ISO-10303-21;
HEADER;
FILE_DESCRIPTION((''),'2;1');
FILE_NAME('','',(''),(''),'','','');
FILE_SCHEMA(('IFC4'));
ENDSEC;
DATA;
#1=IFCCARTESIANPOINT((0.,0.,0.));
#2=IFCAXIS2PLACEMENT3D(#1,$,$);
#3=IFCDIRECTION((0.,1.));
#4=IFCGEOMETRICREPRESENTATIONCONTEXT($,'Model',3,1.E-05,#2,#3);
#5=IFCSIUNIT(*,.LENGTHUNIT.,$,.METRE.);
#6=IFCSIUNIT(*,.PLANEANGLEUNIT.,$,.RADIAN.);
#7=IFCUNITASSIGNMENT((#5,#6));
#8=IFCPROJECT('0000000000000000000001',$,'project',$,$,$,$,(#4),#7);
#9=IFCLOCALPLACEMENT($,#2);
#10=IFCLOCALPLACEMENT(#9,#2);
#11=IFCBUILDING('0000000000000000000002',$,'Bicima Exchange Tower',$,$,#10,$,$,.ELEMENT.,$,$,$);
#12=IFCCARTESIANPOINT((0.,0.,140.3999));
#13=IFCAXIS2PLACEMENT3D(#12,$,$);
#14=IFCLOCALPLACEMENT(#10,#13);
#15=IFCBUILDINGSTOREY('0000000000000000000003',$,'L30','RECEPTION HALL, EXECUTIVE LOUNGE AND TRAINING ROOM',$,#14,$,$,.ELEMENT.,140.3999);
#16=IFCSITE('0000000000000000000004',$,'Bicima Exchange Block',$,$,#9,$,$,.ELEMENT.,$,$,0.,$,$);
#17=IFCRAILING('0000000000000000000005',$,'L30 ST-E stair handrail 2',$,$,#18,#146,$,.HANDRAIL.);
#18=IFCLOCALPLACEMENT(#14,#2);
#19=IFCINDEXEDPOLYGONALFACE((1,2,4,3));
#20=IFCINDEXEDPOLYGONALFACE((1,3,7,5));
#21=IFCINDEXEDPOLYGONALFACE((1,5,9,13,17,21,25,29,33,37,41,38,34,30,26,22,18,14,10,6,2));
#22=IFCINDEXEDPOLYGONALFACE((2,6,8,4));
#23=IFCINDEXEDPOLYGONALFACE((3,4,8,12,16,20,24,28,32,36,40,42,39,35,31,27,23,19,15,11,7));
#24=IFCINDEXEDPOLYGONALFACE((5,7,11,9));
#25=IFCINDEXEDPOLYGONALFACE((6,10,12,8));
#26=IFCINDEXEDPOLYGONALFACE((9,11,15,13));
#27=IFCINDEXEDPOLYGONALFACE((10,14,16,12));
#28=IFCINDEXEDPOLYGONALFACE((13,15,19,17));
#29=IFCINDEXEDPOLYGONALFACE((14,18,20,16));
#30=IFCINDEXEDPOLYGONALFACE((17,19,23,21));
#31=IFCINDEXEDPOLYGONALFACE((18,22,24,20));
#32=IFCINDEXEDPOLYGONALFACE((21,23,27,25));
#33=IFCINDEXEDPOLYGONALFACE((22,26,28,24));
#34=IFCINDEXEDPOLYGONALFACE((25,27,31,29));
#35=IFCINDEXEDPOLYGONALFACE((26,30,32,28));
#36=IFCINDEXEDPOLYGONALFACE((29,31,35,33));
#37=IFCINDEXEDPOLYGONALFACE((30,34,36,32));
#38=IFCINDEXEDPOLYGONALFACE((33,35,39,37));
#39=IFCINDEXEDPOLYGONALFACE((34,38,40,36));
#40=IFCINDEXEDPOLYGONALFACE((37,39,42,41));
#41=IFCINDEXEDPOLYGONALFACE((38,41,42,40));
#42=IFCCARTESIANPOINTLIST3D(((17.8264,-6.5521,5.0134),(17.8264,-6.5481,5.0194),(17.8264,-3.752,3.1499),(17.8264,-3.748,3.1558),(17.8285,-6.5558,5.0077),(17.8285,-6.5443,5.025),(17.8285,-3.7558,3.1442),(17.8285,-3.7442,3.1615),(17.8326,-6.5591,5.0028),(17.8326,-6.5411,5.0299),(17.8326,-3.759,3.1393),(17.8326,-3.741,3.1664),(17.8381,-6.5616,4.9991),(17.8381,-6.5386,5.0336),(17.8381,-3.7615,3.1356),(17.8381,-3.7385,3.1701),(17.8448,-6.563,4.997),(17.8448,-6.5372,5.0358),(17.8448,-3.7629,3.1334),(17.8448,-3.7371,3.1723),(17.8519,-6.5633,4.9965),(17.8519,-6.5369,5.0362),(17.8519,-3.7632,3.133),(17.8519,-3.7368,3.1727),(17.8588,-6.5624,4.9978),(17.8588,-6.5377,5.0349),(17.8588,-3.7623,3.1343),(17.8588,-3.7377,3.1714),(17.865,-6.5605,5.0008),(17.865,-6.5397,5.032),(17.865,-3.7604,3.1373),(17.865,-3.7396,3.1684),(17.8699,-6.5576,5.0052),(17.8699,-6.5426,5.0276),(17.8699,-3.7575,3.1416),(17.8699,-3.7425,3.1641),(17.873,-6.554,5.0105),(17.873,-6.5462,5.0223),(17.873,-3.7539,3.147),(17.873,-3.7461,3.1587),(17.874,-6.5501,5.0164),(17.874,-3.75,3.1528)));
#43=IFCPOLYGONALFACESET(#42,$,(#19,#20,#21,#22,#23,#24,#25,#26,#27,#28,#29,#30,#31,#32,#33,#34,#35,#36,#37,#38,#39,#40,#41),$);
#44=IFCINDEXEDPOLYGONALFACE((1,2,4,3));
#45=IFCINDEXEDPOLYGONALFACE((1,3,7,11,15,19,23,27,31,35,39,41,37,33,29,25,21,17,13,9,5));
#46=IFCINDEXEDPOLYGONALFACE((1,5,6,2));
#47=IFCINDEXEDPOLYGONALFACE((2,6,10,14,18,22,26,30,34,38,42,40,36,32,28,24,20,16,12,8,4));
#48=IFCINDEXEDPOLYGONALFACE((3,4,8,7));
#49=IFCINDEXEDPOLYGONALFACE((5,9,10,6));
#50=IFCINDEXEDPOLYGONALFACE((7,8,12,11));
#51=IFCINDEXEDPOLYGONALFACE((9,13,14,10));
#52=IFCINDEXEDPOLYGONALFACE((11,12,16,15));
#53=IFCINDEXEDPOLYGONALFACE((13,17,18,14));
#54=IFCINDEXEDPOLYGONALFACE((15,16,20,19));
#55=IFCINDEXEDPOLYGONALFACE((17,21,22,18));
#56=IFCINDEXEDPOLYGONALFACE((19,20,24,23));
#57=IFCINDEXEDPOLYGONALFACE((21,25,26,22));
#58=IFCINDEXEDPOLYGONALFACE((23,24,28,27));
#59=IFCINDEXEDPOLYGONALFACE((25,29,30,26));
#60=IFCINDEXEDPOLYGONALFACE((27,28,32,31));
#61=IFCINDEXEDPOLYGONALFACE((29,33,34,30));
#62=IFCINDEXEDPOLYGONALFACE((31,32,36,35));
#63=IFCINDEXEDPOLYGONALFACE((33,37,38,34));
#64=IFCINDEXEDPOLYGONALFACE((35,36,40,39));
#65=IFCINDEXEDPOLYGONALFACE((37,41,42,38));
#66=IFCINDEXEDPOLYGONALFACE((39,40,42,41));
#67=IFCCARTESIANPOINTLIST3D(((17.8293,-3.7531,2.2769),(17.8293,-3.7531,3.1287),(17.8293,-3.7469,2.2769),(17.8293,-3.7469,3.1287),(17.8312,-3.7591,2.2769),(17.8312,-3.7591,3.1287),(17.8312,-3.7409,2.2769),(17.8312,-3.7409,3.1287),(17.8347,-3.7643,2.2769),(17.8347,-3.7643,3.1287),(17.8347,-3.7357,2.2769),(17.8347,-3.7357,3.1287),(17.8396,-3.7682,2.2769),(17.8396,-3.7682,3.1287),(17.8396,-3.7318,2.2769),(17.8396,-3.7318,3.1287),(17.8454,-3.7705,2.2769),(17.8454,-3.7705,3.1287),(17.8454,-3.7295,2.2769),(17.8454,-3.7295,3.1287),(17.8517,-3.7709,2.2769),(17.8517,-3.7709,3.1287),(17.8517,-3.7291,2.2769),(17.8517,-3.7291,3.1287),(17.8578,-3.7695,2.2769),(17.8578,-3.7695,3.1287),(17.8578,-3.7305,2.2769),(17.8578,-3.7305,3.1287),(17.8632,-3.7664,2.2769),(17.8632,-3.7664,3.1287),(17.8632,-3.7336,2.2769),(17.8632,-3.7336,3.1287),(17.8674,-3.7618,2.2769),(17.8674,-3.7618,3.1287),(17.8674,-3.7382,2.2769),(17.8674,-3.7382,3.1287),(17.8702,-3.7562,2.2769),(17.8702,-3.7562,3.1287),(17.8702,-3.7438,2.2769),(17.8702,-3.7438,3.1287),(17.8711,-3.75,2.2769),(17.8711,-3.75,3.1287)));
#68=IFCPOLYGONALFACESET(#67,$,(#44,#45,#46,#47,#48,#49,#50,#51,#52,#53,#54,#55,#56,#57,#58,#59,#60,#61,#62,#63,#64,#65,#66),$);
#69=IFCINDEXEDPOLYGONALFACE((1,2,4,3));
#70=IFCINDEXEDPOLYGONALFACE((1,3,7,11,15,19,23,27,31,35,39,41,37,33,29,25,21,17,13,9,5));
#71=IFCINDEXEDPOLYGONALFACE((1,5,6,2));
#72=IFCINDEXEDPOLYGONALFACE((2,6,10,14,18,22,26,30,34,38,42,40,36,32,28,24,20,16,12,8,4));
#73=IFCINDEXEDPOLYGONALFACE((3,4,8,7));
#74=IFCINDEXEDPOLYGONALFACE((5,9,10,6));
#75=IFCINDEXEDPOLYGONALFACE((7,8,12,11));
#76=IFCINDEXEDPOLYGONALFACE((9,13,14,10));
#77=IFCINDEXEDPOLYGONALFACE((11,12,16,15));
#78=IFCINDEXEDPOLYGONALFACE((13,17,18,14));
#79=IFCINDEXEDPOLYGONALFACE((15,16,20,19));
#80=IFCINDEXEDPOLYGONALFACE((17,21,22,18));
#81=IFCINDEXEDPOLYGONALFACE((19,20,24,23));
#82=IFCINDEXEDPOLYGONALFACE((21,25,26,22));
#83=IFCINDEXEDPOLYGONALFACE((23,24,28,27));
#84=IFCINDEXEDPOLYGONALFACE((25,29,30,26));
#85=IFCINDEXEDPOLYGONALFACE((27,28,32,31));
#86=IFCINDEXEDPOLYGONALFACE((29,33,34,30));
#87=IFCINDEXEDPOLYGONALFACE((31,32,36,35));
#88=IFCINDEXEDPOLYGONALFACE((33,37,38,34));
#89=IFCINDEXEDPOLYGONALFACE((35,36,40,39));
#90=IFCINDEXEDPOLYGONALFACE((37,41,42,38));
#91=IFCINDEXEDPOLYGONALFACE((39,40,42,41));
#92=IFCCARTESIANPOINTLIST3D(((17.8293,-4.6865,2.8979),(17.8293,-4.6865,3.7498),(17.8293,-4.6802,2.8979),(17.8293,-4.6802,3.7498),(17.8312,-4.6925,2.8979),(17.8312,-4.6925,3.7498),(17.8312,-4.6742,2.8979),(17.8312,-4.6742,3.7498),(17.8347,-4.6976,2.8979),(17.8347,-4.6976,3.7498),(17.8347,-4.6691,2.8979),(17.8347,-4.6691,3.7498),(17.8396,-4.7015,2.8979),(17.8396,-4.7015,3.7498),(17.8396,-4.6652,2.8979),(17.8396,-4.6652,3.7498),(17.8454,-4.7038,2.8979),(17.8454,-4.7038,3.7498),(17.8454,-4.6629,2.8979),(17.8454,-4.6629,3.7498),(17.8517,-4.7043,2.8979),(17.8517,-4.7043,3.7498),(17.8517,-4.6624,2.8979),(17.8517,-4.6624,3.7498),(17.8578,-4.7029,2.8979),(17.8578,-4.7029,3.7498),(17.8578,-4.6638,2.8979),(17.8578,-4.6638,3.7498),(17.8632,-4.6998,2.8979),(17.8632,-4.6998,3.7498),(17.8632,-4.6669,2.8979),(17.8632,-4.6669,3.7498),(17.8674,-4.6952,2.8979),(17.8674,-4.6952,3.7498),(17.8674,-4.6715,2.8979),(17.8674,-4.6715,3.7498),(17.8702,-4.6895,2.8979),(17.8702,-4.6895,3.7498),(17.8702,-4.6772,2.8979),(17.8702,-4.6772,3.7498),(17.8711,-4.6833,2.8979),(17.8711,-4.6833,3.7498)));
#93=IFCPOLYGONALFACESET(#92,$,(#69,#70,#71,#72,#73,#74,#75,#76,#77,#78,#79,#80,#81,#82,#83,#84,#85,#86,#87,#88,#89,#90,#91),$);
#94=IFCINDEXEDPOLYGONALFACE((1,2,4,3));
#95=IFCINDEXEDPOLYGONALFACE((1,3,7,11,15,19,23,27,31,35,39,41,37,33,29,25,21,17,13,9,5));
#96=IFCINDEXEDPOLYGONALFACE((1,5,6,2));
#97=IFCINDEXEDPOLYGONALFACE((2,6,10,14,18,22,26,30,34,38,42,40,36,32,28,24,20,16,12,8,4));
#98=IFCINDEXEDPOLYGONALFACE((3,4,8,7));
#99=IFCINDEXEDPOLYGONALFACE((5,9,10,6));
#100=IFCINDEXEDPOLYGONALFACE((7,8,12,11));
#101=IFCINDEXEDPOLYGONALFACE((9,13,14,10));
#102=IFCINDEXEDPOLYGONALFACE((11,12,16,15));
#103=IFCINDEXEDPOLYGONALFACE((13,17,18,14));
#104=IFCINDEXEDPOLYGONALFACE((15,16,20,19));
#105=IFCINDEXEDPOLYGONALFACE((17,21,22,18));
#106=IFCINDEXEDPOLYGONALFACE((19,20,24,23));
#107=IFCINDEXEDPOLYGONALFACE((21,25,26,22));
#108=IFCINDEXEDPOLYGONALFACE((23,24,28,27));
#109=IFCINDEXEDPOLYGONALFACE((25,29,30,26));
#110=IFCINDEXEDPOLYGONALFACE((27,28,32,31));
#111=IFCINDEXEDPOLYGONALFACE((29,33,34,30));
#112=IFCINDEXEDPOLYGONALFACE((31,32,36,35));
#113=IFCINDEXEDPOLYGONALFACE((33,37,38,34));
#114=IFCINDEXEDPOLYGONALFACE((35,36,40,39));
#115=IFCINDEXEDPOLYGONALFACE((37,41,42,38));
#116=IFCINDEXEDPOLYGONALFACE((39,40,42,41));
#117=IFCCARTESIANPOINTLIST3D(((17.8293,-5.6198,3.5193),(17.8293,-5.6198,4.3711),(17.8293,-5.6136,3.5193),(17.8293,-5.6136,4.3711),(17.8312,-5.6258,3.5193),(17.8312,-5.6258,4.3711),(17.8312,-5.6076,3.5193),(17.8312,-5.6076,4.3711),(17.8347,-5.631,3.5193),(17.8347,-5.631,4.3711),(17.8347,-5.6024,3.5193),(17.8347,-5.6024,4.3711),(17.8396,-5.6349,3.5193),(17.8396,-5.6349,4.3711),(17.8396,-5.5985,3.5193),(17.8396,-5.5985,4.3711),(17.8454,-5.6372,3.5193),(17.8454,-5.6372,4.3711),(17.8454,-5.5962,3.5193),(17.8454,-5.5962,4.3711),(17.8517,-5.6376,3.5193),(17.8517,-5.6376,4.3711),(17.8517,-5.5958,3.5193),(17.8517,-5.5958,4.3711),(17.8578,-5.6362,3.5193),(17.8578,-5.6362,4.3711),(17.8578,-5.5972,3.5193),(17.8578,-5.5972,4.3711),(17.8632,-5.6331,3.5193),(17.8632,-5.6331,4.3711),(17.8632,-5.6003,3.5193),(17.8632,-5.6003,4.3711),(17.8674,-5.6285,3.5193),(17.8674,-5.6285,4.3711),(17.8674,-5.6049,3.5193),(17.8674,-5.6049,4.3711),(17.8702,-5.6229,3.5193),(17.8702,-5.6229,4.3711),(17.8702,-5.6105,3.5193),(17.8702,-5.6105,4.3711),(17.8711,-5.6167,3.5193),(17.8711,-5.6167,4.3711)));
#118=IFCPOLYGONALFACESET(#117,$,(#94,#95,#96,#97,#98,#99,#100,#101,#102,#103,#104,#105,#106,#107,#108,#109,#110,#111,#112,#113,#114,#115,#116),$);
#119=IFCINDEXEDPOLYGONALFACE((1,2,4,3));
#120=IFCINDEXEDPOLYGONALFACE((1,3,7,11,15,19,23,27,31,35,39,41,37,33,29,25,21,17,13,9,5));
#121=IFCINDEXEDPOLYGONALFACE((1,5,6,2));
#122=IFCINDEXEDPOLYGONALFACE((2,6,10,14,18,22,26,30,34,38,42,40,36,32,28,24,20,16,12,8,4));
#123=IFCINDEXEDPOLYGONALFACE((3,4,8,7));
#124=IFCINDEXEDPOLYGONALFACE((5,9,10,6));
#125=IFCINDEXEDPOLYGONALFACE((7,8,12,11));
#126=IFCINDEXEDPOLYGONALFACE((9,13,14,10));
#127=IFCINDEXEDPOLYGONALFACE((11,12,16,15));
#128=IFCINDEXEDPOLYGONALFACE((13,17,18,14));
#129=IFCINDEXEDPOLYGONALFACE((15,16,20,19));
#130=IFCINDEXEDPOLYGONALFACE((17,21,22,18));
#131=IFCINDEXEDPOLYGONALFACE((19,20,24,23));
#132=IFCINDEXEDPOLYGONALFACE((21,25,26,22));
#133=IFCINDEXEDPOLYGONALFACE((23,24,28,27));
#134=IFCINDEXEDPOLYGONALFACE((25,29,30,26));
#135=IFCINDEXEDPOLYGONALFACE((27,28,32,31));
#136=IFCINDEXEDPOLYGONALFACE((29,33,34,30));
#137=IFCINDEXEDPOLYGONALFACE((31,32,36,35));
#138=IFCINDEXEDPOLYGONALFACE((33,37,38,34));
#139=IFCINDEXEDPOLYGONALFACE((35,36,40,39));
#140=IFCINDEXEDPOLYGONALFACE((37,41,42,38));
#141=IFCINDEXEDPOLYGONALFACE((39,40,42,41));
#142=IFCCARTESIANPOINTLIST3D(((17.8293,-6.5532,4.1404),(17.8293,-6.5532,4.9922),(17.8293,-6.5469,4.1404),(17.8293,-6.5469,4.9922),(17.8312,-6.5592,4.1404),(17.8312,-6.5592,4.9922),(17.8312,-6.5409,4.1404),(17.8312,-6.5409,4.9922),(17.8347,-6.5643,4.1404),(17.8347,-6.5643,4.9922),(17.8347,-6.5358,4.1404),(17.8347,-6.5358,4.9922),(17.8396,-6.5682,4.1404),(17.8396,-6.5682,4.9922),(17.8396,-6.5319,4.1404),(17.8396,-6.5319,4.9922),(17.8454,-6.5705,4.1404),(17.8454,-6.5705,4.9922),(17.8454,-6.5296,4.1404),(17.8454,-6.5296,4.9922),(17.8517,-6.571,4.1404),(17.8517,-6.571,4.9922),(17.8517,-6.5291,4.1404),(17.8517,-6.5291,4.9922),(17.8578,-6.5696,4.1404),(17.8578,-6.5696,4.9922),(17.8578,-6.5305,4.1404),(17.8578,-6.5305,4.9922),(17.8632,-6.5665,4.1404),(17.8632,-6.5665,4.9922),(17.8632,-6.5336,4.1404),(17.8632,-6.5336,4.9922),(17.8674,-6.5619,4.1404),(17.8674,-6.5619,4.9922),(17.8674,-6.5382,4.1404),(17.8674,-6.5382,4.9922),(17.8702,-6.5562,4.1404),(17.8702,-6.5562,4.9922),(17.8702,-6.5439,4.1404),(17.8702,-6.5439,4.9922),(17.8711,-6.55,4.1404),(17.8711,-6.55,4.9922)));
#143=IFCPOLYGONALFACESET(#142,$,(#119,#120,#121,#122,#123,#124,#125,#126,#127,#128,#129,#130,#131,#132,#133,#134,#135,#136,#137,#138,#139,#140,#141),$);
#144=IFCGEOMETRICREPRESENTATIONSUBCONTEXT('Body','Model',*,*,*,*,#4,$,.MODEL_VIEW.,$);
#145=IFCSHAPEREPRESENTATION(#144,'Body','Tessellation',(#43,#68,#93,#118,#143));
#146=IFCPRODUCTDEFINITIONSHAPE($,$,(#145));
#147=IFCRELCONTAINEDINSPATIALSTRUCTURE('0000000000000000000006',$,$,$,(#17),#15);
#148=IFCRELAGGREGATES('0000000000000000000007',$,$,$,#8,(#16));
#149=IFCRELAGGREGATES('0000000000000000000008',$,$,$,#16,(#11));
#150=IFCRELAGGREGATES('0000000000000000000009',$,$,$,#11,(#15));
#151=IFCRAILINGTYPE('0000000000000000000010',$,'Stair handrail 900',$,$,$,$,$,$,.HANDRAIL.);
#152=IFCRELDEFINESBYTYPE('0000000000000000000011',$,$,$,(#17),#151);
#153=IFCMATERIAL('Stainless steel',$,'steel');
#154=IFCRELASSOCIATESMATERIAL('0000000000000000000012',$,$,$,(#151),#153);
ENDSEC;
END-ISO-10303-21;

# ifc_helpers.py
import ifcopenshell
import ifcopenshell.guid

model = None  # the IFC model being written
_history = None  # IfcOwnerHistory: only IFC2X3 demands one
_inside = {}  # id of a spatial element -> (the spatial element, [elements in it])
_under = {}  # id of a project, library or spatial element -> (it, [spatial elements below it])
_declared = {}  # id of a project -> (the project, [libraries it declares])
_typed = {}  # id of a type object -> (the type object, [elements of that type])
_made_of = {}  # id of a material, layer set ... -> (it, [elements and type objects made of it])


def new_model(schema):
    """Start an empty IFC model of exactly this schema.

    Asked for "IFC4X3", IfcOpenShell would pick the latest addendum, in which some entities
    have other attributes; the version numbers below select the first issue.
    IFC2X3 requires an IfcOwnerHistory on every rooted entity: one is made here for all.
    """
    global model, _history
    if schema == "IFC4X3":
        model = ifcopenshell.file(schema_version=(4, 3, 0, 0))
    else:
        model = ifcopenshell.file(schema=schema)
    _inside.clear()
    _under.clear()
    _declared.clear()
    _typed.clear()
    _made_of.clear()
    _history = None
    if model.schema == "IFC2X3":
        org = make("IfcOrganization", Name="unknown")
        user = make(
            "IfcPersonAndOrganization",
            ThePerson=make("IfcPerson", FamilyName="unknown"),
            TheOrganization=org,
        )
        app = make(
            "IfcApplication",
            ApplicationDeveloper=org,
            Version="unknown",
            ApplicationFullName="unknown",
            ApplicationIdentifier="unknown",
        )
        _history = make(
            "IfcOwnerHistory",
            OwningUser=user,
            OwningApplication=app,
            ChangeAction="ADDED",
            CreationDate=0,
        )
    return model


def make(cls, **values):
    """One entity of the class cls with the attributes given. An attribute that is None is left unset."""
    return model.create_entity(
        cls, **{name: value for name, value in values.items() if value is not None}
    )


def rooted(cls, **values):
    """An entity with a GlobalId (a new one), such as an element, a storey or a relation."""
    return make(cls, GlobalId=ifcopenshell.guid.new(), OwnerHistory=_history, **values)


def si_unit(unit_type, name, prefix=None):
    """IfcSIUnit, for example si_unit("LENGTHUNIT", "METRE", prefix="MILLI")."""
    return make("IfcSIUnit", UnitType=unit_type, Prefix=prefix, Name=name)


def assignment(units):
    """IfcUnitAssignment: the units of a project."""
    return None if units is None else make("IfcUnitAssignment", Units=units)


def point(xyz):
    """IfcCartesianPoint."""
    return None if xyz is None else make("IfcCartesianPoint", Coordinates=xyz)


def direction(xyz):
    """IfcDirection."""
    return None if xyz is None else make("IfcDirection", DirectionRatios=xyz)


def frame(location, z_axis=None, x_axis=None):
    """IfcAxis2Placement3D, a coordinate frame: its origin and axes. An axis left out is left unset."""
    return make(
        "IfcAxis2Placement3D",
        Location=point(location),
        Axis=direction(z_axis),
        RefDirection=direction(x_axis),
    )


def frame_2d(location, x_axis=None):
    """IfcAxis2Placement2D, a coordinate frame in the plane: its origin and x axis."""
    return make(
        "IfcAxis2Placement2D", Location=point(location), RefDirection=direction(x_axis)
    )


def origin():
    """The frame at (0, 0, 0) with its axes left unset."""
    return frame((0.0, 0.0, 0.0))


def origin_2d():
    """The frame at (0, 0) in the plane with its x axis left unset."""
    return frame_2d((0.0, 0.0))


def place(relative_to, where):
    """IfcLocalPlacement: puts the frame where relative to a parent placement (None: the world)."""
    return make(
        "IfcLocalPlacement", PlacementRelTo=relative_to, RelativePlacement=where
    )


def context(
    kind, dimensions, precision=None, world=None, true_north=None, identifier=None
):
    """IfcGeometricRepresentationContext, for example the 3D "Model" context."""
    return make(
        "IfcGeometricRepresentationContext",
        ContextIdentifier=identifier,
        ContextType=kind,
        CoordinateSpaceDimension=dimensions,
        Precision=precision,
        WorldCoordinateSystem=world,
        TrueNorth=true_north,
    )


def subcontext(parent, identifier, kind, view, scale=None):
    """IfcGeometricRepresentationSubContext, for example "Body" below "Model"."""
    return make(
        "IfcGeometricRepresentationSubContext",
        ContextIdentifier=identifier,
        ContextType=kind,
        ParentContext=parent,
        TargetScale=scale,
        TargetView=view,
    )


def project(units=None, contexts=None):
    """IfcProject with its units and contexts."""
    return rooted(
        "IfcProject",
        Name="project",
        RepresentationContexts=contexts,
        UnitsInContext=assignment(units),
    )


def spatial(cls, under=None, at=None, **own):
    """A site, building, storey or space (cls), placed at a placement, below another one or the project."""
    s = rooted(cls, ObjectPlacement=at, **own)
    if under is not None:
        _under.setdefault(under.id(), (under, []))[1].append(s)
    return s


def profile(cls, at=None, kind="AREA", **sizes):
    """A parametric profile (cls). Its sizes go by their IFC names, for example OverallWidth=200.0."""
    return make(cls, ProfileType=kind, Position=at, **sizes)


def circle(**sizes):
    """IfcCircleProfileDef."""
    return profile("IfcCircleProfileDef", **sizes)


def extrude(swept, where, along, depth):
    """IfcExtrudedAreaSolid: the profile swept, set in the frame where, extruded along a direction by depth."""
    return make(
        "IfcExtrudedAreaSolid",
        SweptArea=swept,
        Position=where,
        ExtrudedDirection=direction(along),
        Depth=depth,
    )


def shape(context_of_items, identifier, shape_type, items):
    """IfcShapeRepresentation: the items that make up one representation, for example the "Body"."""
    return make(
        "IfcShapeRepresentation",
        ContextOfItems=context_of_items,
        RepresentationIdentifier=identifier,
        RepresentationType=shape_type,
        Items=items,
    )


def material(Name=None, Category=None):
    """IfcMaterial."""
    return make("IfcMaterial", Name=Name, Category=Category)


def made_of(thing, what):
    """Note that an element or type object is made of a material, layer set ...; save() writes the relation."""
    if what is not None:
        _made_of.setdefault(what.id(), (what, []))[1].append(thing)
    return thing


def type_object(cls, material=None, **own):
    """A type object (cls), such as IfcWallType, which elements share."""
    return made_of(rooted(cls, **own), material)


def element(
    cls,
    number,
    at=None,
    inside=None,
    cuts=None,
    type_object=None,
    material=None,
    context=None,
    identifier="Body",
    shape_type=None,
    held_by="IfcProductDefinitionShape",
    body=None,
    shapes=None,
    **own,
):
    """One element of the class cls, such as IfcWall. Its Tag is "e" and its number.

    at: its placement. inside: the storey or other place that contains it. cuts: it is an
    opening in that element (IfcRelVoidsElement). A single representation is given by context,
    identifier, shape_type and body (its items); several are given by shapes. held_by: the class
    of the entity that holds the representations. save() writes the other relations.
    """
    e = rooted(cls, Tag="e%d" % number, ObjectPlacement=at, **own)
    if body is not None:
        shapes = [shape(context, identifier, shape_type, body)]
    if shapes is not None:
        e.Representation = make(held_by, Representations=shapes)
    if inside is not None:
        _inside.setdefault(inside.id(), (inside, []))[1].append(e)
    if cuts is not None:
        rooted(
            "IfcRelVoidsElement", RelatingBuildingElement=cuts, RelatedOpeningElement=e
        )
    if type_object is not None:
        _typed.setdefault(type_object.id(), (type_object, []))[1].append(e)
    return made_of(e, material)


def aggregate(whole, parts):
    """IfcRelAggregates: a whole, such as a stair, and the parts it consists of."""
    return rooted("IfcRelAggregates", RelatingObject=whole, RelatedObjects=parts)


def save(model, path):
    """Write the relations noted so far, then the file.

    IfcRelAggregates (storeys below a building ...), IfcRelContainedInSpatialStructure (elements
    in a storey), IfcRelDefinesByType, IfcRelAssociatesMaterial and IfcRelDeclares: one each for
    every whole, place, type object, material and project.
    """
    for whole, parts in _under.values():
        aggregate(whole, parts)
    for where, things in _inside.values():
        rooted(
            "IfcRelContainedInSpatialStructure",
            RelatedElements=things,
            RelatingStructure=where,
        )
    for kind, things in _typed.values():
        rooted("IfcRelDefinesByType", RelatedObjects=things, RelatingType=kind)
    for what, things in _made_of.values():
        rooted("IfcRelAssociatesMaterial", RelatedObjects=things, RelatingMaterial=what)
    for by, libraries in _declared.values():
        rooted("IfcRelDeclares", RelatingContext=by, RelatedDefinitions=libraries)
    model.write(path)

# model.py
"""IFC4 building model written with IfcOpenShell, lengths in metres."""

from ifc_helpers import new_model, si_unit, direction, frame, origin, origin_2d, place, context, subcontext, project, spatial, circle, extrude, material, type_object, element, save


model = new_model("IFC4")

# Units and contexts
model_context = context("Model", 3, precision=1e-05, world=origin(), true_north=direction((0.0, 1.0)))
body_context = subcontext(model_context, "Body", "Model", "MODEL_VIEW")
ifc_project = project(units=[si_unit("LENGTHUNIT", "METRE"), si_unit("PLANEANGLEUNIT", "RADIAN")], contexts=[model_context])

# Site, building, storey
site_placement = place(None, origin())
site = spatial("IfcSite", under=ifc_project, at=site_placement, Name="Bicima Exchange Block", CompositionType="ELEMENT", RefElevation=0.0)
building_placement = place(site_placement, origin())
building = spatial("IfcBuilding", under=site, at=building_placement, Name="Bicima Exchange Tower", CompositionType="ELEMENT")
storey_placement = place(building_placement, frame((0.0, 0.0, 140.3999)))
storey = spatial("IfcBuildingStorey", under=building, at=storey_placement, Name="L30", Description="RECEPTION HALL, EXECUTIVE LOUNGE AND TRAINING ROOM", CompositionType="ELEMENT", Elevation=140.3999)

# Railing
ifc_material_1 = material(Name="Stainless steel", Category="steel")
railing_type = type_object("IfcRailingType", Name="Stair handrail 900", PredefinedType="HANDRAIL", material=ifc_material_1)
railing_placement = place(storey_placement, frame((17.8501, -3.75, 2.2769)))
element("IfcRailing", 1, at=railing_placement, inside=storey, type_object=railing_type, Name="L30 ST-E stair handrail 2", PredefinedType="HANDRAIL", context=body_context, shape_type="SweptSolid", body=[
    extrude(circle(Radius=0.0239, at=origin_2d()), frame((0.0, 0.0, 0.876), z_axis=(0.0, -0.832486, 0.554047), x_axis=(1.0, 0.0, 0.0)), (0.0, 0.0, 1.0), 3.3635),
    extrude(circle(Radius=0.021, at=origin_2d()), origin(), (0.0, 0.0, 1.0), 0.8518),
    extrude(circle(Radius=0.021, at=origin_2d()), frame((0.0, -0.9333, 0.6211)), (0.0, 0.0, 1.0), 0.8518),
    extrude(circle(Radius=0.021, at=origin_2d()), frame((0.0, -1.8667, 1.2424)), (0.0, 0.0, 1.0), 0.8518),
    extrude(circle(Radius=0.021, at=origin_2d()), frame((0.0, -2.8, 1.8635)), (0.0, 0.0, 1.0), 0.8518),
])

save(model, "model.ifc")
